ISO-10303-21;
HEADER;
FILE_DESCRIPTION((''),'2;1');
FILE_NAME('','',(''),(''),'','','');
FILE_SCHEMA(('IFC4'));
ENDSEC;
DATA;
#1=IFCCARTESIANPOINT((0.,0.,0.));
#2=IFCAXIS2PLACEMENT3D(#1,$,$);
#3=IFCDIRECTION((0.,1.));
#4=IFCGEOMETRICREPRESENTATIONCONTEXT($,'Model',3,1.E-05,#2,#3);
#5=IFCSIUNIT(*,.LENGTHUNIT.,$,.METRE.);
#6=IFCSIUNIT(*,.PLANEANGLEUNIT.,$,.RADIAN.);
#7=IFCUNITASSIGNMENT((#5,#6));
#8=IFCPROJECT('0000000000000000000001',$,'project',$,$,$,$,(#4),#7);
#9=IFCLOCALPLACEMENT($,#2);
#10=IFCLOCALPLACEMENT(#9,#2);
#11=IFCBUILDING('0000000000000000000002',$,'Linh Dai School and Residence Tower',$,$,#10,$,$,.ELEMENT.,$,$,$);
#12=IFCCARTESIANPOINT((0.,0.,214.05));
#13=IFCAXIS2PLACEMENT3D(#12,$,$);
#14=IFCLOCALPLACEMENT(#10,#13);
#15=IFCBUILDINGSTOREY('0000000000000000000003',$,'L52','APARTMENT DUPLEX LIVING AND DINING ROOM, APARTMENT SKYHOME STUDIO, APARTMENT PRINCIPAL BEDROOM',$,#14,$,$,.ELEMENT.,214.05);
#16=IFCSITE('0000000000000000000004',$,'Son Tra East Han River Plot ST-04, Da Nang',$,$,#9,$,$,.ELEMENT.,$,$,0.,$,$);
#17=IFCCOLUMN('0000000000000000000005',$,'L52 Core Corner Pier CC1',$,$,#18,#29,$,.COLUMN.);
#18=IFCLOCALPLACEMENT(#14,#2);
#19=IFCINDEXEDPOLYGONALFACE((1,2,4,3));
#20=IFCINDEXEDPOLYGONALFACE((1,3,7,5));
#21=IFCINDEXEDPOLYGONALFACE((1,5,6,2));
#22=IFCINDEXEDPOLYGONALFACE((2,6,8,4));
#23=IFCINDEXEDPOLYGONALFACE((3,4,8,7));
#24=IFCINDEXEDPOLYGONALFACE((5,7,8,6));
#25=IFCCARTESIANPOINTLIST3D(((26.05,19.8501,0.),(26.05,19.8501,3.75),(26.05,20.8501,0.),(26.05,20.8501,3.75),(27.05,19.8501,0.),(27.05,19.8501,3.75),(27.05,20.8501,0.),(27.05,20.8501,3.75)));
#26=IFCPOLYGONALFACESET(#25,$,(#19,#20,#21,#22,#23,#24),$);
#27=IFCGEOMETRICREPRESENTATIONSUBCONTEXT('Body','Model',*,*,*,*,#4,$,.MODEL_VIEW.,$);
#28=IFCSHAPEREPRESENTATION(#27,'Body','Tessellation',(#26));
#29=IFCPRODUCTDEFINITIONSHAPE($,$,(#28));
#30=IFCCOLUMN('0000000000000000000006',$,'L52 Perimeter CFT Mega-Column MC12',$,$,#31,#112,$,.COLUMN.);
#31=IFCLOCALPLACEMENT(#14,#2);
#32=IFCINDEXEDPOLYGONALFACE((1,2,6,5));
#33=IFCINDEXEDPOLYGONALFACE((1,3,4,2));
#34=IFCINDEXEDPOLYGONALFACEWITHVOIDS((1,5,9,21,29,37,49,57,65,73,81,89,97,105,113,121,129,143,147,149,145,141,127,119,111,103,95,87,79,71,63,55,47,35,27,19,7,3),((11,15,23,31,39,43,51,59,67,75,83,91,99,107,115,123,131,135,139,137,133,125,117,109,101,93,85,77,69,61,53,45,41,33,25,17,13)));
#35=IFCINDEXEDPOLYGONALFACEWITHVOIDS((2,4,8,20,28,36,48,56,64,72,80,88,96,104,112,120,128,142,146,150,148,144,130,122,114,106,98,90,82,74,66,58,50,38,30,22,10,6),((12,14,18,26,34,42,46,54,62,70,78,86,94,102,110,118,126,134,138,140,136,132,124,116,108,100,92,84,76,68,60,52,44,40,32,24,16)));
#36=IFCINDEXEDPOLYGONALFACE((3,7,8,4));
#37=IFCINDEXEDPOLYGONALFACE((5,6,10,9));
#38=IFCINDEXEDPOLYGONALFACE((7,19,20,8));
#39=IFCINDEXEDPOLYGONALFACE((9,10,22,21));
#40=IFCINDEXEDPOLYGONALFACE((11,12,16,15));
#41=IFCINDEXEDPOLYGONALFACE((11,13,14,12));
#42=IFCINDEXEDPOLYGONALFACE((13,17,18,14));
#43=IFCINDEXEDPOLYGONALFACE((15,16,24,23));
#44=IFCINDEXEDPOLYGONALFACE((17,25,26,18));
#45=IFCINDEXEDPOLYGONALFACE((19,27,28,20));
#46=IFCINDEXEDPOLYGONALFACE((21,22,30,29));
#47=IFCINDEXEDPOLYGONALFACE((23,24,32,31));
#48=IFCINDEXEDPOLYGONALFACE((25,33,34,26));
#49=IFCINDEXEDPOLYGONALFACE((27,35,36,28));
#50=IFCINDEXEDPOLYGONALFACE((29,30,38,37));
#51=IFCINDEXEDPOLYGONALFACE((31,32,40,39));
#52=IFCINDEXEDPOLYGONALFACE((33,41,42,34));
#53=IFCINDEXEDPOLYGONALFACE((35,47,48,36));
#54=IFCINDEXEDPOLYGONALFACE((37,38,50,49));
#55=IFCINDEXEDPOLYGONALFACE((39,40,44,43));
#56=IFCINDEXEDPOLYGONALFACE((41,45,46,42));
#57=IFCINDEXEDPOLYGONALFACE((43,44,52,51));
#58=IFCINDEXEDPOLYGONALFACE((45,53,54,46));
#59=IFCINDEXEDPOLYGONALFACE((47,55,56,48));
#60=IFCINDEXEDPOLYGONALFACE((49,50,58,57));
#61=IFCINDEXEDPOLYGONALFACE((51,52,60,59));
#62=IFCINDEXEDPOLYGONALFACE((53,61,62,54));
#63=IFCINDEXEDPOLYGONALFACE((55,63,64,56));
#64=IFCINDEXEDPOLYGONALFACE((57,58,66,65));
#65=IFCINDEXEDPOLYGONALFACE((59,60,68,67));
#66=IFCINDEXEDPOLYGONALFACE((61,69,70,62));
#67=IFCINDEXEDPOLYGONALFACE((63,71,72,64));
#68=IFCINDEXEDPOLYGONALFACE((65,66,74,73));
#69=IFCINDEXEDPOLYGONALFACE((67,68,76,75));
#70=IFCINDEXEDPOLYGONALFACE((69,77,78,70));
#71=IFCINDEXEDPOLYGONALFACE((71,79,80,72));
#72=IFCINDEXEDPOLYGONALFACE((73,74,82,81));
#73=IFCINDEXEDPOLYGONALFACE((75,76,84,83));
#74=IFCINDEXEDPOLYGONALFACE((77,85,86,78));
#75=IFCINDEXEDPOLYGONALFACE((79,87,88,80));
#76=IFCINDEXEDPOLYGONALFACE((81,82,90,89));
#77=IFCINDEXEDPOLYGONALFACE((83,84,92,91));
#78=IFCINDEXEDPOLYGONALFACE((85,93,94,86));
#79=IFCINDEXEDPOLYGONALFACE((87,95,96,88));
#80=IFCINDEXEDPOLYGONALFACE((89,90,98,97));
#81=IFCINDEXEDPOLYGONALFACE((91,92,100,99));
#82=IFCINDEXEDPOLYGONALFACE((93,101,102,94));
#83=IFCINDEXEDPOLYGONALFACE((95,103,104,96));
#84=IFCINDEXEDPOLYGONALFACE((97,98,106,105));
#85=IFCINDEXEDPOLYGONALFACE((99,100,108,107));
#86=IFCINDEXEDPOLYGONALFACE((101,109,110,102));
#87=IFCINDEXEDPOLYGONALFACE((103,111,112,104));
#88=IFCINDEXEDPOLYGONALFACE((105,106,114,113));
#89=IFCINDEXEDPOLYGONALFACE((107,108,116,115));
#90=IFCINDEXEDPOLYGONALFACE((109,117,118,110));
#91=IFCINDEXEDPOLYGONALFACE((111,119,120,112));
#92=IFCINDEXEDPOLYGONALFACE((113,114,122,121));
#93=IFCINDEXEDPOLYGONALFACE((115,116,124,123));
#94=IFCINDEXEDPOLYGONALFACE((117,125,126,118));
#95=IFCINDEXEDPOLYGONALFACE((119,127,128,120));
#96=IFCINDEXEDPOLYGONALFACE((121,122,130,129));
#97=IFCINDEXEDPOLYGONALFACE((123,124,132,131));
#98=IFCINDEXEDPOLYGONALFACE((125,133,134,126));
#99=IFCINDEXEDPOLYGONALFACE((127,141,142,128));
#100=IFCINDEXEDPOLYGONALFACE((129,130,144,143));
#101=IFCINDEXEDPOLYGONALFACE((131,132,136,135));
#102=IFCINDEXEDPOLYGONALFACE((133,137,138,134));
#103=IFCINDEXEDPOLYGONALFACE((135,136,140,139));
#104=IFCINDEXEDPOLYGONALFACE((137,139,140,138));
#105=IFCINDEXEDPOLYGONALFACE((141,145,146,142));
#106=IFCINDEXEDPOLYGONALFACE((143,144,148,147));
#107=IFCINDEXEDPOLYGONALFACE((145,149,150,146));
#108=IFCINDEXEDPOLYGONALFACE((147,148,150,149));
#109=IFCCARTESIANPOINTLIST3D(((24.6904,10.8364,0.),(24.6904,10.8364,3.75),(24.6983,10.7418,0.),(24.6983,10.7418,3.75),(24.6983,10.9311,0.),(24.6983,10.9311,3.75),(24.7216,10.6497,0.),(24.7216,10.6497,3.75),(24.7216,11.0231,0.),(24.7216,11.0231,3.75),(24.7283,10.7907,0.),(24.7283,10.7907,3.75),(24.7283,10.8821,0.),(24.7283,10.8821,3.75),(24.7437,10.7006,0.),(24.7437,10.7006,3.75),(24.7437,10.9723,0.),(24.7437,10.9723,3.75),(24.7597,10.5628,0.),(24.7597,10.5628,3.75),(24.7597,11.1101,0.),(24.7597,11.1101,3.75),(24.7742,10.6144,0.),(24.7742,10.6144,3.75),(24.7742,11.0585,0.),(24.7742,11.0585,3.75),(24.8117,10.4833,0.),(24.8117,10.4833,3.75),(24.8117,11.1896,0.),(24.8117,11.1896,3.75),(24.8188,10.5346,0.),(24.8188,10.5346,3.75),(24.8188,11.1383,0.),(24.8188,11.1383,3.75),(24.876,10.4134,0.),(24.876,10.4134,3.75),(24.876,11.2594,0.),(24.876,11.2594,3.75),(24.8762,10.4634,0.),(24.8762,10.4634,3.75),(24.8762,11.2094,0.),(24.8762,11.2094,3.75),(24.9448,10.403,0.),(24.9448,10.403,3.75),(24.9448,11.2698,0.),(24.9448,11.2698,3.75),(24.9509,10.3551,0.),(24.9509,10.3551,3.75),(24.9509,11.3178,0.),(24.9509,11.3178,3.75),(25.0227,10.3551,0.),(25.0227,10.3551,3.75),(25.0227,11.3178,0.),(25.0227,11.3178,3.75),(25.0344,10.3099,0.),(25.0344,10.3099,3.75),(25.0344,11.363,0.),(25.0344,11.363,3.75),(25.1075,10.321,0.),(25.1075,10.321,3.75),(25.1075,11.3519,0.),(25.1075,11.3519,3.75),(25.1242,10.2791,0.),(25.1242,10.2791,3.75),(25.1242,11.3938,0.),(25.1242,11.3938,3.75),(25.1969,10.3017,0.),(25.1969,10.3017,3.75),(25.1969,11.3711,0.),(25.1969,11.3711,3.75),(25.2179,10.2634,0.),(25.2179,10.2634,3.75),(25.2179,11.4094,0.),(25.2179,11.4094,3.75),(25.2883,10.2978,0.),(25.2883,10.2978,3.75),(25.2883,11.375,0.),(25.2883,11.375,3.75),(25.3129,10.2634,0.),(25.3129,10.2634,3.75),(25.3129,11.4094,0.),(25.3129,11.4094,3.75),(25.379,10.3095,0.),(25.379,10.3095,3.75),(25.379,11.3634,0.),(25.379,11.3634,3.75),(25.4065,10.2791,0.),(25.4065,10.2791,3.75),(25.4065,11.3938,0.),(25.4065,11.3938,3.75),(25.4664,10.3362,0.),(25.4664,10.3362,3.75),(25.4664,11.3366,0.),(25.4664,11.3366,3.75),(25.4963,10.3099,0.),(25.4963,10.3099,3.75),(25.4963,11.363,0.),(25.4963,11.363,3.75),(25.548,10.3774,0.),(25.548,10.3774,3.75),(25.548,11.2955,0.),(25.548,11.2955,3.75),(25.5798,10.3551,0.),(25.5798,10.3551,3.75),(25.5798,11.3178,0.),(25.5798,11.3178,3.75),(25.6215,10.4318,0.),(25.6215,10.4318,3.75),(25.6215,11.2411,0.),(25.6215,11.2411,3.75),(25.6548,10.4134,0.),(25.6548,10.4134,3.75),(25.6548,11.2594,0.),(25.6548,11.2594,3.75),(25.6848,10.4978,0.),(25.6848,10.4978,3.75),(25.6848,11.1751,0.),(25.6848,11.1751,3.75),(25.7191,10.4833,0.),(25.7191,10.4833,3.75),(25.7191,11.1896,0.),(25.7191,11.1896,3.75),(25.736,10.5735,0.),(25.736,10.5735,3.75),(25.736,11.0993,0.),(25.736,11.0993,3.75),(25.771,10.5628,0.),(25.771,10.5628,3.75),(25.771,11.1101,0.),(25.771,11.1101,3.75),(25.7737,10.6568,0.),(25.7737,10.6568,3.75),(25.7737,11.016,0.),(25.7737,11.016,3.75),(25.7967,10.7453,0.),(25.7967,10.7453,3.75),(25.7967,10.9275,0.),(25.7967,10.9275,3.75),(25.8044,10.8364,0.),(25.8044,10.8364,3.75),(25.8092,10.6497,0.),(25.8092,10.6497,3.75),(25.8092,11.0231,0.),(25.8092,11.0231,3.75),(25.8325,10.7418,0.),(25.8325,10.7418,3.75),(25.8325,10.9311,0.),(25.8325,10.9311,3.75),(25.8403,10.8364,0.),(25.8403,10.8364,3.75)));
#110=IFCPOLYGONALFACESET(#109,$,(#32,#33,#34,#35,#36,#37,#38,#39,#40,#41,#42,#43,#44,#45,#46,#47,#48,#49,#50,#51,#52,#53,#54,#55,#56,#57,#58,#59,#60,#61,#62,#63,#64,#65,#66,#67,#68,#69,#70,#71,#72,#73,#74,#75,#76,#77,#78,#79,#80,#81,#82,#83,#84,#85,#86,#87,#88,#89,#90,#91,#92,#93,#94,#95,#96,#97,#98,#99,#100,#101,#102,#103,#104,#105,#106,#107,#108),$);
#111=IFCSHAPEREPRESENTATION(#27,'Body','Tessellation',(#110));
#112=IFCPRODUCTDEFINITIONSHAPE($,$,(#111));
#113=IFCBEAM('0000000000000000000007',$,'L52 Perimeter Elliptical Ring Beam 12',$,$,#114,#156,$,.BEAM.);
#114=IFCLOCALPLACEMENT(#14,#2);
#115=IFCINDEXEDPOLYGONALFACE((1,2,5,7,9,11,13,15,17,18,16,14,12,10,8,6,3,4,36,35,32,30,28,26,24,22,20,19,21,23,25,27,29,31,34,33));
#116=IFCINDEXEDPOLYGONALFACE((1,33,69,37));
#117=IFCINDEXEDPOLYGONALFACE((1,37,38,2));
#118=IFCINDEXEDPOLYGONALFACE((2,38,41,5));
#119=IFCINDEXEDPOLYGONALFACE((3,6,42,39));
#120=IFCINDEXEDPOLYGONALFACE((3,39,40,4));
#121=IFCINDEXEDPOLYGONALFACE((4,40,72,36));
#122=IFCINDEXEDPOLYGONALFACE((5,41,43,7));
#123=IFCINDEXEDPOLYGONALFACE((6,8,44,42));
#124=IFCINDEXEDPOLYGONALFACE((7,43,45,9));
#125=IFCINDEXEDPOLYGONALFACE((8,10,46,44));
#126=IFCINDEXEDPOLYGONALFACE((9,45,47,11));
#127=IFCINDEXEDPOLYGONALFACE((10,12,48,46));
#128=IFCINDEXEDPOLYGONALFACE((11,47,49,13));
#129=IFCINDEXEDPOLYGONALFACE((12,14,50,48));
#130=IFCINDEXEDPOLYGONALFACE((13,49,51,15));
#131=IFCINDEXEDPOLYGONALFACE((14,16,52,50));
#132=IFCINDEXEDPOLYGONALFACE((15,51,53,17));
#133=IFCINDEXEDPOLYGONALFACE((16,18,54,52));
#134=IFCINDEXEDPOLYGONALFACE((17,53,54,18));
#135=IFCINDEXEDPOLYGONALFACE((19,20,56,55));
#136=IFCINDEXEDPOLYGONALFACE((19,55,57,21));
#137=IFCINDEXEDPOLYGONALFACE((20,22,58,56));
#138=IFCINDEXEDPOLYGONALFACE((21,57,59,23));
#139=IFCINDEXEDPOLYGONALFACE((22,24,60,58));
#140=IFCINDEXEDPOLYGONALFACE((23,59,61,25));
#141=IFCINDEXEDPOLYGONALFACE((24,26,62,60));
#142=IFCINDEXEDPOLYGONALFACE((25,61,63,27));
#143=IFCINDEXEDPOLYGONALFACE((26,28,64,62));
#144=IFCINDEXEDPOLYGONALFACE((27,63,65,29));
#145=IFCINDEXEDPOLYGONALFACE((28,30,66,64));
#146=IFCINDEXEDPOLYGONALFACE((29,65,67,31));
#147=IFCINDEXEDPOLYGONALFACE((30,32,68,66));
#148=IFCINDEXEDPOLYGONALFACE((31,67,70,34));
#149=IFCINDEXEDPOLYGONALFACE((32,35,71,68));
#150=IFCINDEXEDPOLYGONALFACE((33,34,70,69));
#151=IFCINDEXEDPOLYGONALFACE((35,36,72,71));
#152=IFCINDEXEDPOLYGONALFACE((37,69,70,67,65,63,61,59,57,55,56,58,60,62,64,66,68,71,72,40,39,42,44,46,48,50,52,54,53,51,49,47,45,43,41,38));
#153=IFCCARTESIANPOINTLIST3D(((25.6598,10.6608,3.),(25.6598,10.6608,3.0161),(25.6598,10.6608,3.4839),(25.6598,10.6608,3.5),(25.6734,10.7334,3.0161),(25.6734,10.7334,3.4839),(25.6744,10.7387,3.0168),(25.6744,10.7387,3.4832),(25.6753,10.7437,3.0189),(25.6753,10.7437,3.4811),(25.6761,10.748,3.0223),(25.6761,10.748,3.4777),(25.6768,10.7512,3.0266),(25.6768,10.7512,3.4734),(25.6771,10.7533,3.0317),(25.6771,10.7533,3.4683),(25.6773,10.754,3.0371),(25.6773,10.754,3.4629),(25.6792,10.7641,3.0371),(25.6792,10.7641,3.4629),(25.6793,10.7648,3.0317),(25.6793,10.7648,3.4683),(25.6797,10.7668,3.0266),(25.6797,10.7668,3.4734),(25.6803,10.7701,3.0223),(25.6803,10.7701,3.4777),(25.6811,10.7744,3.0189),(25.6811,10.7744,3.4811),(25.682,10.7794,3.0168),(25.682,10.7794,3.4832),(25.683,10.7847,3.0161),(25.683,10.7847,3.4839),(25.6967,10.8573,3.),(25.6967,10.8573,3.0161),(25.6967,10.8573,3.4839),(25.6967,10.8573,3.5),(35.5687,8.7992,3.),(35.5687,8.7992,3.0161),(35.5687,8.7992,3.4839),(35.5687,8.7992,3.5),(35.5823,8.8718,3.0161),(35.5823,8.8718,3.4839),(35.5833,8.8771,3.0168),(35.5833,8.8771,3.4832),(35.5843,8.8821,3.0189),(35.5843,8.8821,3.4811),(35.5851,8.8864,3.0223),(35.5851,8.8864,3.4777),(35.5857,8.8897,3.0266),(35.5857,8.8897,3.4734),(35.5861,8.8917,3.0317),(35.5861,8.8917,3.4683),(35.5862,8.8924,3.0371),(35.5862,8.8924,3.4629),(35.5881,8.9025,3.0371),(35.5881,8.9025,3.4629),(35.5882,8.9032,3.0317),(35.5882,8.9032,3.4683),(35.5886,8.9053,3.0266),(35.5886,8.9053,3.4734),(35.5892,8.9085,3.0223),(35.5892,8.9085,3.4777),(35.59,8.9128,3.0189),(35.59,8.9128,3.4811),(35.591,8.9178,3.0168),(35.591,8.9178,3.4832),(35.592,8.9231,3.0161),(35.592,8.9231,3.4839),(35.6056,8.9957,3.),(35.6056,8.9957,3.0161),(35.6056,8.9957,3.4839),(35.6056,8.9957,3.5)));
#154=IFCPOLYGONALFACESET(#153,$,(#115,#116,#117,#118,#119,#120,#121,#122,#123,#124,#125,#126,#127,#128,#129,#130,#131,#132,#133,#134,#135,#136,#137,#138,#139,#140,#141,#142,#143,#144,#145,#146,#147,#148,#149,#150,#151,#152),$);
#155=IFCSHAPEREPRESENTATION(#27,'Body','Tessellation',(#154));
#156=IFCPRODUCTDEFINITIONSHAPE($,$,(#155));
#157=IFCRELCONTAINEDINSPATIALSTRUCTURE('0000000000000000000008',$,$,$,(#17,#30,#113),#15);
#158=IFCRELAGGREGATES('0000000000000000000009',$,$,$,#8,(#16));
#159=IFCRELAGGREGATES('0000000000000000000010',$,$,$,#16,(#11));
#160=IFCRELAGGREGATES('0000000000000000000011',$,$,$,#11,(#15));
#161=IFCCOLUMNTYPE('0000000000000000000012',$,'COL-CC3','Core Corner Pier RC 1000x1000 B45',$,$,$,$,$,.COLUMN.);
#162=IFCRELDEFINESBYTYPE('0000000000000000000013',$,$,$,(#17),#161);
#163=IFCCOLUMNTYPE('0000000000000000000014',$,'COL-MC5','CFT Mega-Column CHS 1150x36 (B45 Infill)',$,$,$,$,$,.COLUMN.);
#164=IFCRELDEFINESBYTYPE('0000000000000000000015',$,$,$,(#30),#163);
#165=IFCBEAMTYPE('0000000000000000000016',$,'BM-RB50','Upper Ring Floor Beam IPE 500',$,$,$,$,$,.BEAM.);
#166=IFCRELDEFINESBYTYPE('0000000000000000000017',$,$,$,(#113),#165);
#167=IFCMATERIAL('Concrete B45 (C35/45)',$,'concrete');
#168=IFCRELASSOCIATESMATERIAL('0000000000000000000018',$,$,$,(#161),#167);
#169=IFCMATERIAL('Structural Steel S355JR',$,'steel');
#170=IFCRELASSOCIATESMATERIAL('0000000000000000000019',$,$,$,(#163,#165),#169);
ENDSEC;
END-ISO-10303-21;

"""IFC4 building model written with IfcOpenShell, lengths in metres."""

from ifc_helpers import new_model, si_unit, direction, frame, origin, origin_2d, place, context, subcontext, project, spatial, rectangle, hollow_circle, i_section, extrude, material, material_profile, profile_set, type_object, element, save


model = new_model("IFC4")

# Units and contexts
model_context = context("Model", 3, precision=1e-05, world=origin(), true_north=direction((0.0, 1.0)))
body_context = subcontext(model_context, "Body", "Model", "MODEL_VIEW")
ifc_project = project(units=[si_unit("LENGTHUNIT", "METRE"), si_unit("PLANEANGLEUNIT", "RADIAN")], contexts=[model_context])

# Site, building, storey
site_placement = place(None, origin())
site = spatial("IfcSite", under=ifc_project, at=site_placement, Name="Son Tra East Han River Plot ST-04, Da Nang", CompositionType="ELEMENT", RefElevation=0.0)
building_placement = place(site_placement, origin())
building = spatial("IfcBuilding", under=site, at=building_placement, Name="Linh Dai School and Residence Tower", CompositionType="ELEMENT")
storey_placement = place(building_placement, frame((0.0, 0.0, 214.05)))
storey = spatial("IfcBuildingStorey", under=building, at=storey_placement, Name="L52", Description="APARTMENT DUPLEX LIVING AND DINING ROOM, APARTMENT SKYHOME STUDIO, APARTMENT PRINCIPAL BEDROOM", CompositionType="ELEMENT", Elevation=214.05)

# Columns
ifc_material_1 = material(Name="Concrete B45 (C35/45)", Category="concrete")
ifc_material_profile_1 = material_profile(ifc_material_1, rectangle(XDim=1.0, YDim=1.0, at=origin_2d()), Name="RC 1000x1000")
ifc_profile_set_1 = profile_set([ifc_material_profile_1], Name="Concrete B45 (C35/45)")
column_type_1 = type_object("IfcColumnType", Name="COL-CC3", Description="Core Corner Pier RC 1000x1000 B45", PredefinedType="COLUMN", material=ifc_profile_set_1)
column_1_placement = place(storey_placement, frame((26.55, 20.3501, 0.0), z_axis=(0.0, 0.0, 1.0), x_axis=(1.0, 0.0, 0.0)))
element("IfcColumn", 1, at=column_1_placement, inside=storey, type_object=column_type_1, Name="L52 Core Corner Pier CC1", PredefinedType="COLUMN", context=body_context, shape_type="SweptSolid", body=[
    extrude(rectangle(XDim=1.0, YDim=1.0, at=origin_2d()), origin(), (0.0, 0.0, 1.0), 3.75),
])
ifc_material_2 = material(Name="Structural Steel S355JR", Category="steel")
ifc_material_profile_2 = material_profile(ifc_material_2, hollow_circle(Radius=0.575, WallThickness=0.0359, at=origin_2d()), Name="CHS 1150x36")
ifc_profile_set_2 = profile_set([ifc_material_profile_2], Name="Structural Steel S355JR")
column_type_2 = type_object("IfcColumnType", Name="COL-MC5", Description="CFT Mega-Column CHS 1150x36 (B45 Infill)", PredefinedType="COLUMN", material=ifc_profile_set_2)
column_2_placement = place(storey_placement, frame((25.2654, 10.8364, 0.0), z_axis=(0.0, 0.0, 1.0), x_axis=(1.0, 0.0, 0.0)))
element("IfcColumn", 2, at=column_2_placement, inside=storey, type_object=column_type_2, Name="L52 Perimeter CFT Mega-Column MC12", PredefinedType="COLUMN", context=body_context, shape_type="SweptSolid", body=[
    extrude(hollow_circle(Radius=0.575, WallThickness=0.0359, at=origin_2d()), origin(), (0.0, 0.0, 1.0), 3.75),
])

# Beam
ifc_material_profile_3 = material_profile(ifc_material_2, i_section(OverallWidth=0.2, OverallDepth=0.5, WebThickness=0.0103, FlangeThickness=0.0161, FilletRadius=0.021, at=origin_2d()), Name="IPE 500")
ifc_profile_set_3 = profile_set([ifc_material_profile_3], Name="Structural Steel S355JR")
beam_type_1 = type_object("IfcBeamType", Name="BM-RB50", Description="Upper Ring Floor Beam IPE 500", PredefinedType="BEAM", material=ifc_profile_set_3)
beam_1_placement = place(storey_placement, frame((25.6782, 10.759, 3.25), z_axis=(0.982807, -0.184638, 0.0), x_axis=(0.184638, 0.982807, 0.0)))
element("IfcBeam", 3, at=beam_1_placement, inside=storey, type_object=beam_type_1, Name="L52 Perimeter Elliptical Ring Beam 12", PredefinedType="BEAM", context=body_context, shape_type="SweptSolid", body=[
    extrude(i_section(OverallWidth=0.2, OverallDepth=0.5, WebThickness=0.0103, FlangeThickness=0.0161, FilletRadius=0.021, at=origin_2d()), origin(), (0.0, 0.0, 1.0), 10.0823),
])

save(model, "model.ifc")
